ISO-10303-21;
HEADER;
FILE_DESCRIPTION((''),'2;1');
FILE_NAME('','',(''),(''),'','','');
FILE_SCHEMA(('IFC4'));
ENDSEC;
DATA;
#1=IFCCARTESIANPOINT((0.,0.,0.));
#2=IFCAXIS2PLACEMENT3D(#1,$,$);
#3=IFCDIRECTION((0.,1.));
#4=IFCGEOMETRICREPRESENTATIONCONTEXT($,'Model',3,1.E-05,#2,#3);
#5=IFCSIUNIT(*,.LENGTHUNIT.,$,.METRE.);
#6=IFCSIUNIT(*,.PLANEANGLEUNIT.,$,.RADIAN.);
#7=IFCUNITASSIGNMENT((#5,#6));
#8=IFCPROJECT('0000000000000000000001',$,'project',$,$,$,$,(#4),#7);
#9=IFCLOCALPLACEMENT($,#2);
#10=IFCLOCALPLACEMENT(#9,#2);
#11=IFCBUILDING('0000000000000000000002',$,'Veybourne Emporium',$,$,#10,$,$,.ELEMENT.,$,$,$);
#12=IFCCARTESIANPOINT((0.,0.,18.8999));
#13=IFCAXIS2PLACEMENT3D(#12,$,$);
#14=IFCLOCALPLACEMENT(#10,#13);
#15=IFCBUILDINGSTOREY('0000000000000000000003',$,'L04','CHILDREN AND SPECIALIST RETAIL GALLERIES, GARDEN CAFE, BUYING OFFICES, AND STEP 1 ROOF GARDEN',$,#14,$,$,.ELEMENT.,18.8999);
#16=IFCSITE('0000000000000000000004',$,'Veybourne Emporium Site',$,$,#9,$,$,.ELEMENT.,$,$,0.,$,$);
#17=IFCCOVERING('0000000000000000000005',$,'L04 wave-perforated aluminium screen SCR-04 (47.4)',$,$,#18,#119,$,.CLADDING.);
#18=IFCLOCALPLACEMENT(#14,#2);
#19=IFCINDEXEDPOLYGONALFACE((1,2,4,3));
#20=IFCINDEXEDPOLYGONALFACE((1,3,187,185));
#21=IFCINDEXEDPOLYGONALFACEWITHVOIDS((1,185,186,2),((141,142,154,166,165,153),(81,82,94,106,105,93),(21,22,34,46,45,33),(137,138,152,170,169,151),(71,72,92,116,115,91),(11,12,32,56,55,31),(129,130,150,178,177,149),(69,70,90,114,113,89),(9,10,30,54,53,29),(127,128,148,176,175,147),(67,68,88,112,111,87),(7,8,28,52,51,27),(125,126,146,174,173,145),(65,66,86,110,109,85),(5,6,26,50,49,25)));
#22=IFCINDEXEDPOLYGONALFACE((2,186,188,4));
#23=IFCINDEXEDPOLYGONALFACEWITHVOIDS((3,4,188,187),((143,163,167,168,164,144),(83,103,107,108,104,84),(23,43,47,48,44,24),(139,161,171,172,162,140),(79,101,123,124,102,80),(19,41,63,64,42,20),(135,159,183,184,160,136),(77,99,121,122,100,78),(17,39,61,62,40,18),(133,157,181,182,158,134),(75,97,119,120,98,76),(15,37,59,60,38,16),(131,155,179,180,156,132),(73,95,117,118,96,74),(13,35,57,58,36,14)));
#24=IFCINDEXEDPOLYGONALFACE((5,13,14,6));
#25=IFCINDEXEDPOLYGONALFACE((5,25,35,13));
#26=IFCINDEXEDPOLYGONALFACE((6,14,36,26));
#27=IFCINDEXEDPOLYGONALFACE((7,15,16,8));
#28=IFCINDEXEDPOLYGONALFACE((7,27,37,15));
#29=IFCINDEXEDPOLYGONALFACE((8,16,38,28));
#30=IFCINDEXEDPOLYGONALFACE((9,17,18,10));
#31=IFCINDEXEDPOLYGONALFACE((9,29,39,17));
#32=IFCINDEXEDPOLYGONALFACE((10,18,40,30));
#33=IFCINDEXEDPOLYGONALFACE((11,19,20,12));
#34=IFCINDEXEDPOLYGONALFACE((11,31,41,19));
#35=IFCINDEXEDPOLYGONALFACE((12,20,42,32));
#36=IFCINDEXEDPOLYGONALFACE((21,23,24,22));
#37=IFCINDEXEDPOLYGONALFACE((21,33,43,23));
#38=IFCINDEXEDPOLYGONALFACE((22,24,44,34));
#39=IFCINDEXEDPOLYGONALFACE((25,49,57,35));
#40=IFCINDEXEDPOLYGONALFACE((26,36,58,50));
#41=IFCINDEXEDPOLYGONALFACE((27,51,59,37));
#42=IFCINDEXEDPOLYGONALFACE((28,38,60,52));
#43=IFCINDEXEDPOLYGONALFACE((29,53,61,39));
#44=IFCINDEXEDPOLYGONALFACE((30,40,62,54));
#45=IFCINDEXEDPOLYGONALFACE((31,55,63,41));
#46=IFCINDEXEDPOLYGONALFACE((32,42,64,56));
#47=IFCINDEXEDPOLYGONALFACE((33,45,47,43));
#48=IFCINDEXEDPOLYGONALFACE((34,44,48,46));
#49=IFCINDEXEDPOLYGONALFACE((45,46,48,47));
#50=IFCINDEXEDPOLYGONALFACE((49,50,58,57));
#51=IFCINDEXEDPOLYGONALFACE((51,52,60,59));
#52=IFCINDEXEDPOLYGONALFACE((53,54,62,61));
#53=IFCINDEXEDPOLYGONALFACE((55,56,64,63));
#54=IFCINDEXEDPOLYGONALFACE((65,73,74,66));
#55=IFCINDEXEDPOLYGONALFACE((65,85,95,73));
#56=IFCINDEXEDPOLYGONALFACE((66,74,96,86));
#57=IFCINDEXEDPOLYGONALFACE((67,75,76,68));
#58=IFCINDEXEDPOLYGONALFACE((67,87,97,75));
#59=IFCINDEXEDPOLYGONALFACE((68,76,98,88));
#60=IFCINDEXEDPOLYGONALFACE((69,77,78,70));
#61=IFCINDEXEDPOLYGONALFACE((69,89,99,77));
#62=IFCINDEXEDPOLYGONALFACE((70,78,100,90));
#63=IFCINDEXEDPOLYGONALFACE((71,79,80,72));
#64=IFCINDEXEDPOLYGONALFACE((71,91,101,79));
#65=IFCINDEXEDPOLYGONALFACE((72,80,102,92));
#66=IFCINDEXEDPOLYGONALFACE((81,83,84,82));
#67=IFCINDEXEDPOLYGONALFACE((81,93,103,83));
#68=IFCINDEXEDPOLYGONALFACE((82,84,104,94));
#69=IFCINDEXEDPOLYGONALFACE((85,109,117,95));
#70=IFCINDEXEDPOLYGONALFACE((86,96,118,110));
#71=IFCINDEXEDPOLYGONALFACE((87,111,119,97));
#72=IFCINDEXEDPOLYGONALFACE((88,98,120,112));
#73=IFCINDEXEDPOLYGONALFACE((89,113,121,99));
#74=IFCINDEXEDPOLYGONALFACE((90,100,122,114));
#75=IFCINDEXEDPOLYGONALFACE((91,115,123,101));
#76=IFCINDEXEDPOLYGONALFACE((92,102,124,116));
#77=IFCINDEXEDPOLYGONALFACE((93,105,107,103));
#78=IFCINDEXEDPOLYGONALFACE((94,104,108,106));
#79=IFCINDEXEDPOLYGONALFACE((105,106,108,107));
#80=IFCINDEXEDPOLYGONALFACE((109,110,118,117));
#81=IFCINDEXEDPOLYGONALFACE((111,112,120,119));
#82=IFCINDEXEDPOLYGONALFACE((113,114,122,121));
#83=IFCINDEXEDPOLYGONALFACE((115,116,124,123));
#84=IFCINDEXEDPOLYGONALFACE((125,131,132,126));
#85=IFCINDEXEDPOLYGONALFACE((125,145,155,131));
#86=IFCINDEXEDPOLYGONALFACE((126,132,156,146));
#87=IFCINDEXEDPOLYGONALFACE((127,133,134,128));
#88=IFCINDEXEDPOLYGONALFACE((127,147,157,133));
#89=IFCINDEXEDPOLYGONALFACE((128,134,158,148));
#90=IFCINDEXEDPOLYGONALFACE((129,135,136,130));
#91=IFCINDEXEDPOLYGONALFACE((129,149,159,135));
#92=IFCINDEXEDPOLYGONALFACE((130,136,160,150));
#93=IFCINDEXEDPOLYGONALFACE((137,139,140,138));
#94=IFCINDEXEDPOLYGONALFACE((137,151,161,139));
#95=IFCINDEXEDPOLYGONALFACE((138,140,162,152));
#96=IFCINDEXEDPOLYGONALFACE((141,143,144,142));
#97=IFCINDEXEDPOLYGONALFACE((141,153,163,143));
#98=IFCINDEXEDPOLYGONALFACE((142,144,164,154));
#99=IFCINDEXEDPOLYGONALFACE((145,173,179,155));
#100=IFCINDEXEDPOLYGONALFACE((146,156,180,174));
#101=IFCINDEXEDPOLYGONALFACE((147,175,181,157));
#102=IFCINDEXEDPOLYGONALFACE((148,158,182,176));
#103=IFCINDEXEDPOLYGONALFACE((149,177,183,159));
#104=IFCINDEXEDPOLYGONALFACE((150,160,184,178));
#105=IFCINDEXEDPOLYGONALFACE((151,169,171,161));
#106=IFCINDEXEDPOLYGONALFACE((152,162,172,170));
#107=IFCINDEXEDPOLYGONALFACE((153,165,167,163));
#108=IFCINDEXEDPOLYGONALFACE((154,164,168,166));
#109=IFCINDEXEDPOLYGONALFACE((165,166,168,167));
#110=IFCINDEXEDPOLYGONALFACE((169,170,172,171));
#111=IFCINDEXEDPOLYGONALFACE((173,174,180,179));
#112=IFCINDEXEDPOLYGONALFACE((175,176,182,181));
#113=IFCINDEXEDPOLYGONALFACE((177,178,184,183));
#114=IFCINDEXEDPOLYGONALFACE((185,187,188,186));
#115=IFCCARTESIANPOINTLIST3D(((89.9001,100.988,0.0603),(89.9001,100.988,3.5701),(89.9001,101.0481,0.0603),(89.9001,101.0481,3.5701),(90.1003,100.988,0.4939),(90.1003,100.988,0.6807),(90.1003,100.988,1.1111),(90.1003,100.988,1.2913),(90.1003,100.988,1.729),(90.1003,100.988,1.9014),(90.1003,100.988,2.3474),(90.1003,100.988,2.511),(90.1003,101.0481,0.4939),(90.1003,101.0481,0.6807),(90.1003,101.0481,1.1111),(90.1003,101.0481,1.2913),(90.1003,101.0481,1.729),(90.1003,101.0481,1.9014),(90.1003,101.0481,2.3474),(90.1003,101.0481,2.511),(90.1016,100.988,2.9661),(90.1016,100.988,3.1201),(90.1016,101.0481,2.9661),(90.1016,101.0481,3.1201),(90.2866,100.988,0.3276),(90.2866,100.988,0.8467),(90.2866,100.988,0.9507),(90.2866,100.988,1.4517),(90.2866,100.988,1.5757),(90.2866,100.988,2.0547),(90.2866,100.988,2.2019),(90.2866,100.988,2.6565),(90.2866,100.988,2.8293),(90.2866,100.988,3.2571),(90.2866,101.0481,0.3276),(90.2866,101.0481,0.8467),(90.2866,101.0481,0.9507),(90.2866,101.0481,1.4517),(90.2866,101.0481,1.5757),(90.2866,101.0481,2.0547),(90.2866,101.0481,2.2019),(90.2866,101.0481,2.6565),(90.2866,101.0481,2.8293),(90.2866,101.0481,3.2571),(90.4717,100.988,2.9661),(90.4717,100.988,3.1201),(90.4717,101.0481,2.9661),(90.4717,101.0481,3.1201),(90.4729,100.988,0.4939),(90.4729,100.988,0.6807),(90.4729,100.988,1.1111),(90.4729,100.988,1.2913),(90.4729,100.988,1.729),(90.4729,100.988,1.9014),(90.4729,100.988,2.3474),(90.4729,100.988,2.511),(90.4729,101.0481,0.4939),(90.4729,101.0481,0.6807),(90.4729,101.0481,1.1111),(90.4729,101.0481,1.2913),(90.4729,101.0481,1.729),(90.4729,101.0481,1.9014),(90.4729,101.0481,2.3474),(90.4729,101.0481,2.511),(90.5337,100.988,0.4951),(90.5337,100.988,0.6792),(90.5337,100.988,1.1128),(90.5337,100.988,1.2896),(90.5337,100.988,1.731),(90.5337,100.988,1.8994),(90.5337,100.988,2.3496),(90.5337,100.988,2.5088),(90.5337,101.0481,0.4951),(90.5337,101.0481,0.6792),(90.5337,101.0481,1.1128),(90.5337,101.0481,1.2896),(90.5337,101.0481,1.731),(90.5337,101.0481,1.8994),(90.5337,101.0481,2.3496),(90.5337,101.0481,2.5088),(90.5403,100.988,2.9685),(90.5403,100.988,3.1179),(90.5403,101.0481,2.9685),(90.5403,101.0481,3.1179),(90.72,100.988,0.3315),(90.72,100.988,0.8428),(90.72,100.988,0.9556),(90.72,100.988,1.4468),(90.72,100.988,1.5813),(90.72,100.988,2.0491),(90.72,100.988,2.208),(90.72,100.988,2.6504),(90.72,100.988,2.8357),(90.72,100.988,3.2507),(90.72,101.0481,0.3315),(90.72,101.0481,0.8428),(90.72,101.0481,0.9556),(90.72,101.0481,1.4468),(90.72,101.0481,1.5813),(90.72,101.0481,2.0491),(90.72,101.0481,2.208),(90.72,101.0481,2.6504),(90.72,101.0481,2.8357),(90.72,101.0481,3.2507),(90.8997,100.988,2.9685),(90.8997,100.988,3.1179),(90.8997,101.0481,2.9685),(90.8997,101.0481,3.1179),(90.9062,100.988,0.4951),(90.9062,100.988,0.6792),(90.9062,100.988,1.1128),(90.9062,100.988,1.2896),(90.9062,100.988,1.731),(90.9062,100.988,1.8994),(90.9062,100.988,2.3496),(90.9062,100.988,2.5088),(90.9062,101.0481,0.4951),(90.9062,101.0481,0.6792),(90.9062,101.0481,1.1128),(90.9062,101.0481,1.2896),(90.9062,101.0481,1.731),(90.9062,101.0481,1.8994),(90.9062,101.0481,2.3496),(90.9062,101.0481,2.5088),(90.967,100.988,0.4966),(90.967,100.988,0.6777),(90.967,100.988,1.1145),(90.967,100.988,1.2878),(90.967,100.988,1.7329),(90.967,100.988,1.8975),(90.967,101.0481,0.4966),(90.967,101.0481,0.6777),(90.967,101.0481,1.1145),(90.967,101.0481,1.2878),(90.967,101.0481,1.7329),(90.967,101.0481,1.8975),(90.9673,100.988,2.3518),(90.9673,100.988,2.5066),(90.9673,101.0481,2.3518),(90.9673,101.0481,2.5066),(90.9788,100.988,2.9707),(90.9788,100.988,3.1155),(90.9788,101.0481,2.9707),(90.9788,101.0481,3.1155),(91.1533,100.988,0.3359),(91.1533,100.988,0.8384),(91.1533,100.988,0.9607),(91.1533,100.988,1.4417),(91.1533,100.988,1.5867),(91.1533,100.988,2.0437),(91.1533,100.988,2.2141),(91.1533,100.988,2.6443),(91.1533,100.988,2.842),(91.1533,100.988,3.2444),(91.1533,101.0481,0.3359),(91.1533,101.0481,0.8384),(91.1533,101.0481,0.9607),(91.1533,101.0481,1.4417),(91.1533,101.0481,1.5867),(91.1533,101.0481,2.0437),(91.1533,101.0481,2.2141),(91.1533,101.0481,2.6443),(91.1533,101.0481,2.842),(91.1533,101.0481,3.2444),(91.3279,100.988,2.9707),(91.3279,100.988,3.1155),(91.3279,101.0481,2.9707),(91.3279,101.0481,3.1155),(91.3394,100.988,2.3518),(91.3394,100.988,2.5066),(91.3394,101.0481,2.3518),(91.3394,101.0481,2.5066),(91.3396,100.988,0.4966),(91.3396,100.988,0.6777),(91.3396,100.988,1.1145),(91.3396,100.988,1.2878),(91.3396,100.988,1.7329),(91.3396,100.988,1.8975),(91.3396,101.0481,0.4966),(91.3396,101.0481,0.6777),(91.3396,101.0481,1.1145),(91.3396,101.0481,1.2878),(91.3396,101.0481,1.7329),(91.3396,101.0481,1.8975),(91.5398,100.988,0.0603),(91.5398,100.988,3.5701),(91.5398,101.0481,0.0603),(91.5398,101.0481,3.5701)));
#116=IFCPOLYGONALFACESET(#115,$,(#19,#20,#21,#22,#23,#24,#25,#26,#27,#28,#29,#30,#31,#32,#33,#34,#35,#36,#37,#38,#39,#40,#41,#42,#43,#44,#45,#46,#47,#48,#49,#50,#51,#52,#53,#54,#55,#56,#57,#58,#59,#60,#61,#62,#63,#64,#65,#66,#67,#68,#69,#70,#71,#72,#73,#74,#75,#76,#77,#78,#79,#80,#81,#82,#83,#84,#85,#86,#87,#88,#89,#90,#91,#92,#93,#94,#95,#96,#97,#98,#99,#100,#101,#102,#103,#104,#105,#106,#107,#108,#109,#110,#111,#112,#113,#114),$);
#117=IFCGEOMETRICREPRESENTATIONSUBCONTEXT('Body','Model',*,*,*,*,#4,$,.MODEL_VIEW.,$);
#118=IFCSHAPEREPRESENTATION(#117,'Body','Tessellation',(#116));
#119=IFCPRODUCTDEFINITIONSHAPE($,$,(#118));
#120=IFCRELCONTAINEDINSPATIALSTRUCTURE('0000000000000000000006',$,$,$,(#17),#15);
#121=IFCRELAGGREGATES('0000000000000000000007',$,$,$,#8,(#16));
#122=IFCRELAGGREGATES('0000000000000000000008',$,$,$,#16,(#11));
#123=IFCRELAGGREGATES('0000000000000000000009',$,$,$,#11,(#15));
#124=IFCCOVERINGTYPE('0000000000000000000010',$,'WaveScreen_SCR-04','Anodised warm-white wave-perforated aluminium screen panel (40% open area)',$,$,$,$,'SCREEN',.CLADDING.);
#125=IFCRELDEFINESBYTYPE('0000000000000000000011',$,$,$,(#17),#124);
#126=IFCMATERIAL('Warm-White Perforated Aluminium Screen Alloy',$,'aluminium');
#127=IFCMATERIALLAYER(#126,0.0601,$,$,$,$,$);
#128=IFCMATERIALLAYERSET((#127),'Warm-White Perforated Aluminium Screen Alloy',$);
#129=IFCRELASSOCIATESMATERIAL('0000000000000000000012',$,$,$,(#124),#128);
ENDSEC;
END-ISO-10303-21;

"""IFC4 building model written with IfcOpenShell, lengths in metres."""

from ifc_helpers import new_model, si_unit, direction, frame, origin, place, context, subcontext, project, spatial, polyline, outline, extrude, material, layer, layer_set, type_object, element, save


model = new_model("IFC4")

# Units and contexts
model_context = context("Model", 3, precision=1e-05, world=origin(), true_north=direction((0.0, 1.0)))
body_context = subcontext(model_context, "Body", "Model", "MODEL_VIEW")
ifc_project = project(units=[si_unit("LENGTHUNIT", "METRE"), si_unit("PLANEANGLEUNIT", "RADIAN")], contexts=[model_context])

# Site, building, storey
site_placement = place(None, origin())
site = spatial("IfcSite", under=ifc_project, at=site_placement, Name="Veybourne Emporium Site", CompositionType="ELEMENT", RefElevation=0.0)
building_placement = place(site_placement, origin())
building = spatial("IfcBuilding", under=site, at=building_placement, Name="Veybourne Emporium", CompositionType="ELEMENT")
storey_placement = place(building_placement, frame((0.0, 0.0, 18.8999)))
storey = spatial("IfcBuildingStorey", under=building, at=storey_placement, Name="L04", Description="CHILDREN AND SPECIALIST RETAIL GALLERIES, GARDEN CAFE, BUYING OFFICES, AND STEP 1 ROOF GARDEN", CompositionType="ELEMENT", Elevation=18.8999)

# Covering
ifc_material_1 = material(Name="Warm-White Perforated Aluminium Screen Alloy", Category="aluminium")
ifc_layer_1 = layer(ifc_material_1, 0.0601)
ifc_layer_set_1 = layer_set([ifc_layer_1], Name="Warm-White Perforated Aluminium Screen Alloy")
covering_type_1 = type_object("IfcCoveringType", Name="WaveScreen_SCR-04", Description="Anodised warm-white wave-perforated aluminium screen panel (40% open area)", ElementType="SCREEN", PredefinedType="CLADDING", material=ifc_layer_set_1)
covering_1_placement = place(storey_placement, frame((90.72, 101.0481, 1.8152), z_axis=(0.0, -1.0, 0.0), x_axis=(1.0, 0.0, 0.0)))
element("IfcCovering", 1, at=covering_1_placement, inside=storey, type_object=covering_type_1, Name="L04 wave-perforated aluminium screen SCR-04 (47.4)", PredefinedType="CLADDING", context=body_context, shape_type="SweptSolid", body=[
    extrude(outline(polyline([(-0.8198, -1.7549), (0.8198, -1.7549), (0.8198, 1.7549), (-0.8198, 1.7549), (-0.8198, -1.7549)]), holes=[polyline([(-0.4333, -0.9685), (-0.2471, -1.1345), (-0.2471, -1.3213), (-0.4333, -1.4875), (-0.6196, -1.3213), (-0.6196, -1.1345), (-0.4333, -0.9685)]), polyline([(-0.4333, -0.3635), (-0.2471, -0.5239), (-0.2471, -0.7041), (-0.4333, -0.8645), (-0.6196, -0.7041), (-0.6196, -0.5239), (-0.4333, -0.3635)]), polyline([(-0.4333, 0.2395), (-0.2471, 0.0862), (-0.2471, -0.0862), (-0.4333, -0.2395), (-0.6196, -0.0862), (-0.6196, 0.0862), (-0.4333, 0.2395)]), polyline([(-0.4333, 0.8413), (-0.2471, 0.6958), (-0.2471, 0.5322), (-0.4333, 0.3867), (-0.6196, 0.5322), (-0.6196, 0.6958), (-0.4333, 0.8413)]), polyline([(-0.4333, 1.4419), (-0.2483, 1.3049), (-0.2483, 1.1509), (-0.4333, 1.0142), (-0.6184, 1.1509), (-0.6184, 1.3049), (-0.4333, 1.4419)]), polyline([(0.0, -0.9724), (0.1863, -1.136), (0.1863, -1.3201), (0.0, -1.4836), (-0.1863, -1.3201), (-0.1863, -1.136), (0.0, -0.9724)]), polyline([(0.0, -0.3684), (0.1863, -0.5256), (0.1863, -0.7024), (0.0, -0.8596), (-0.1863, -0.7024), (-0.1863, -0.5256), (0.0, -0.3684)]), polyline([(0.0, 0.2339), (0.1863, 0.0842), (0.1863, -0.0842), (0.0, -0.2339), (-0.1863, -0.0842), (-0.1863, 0.0842), (0.0, 0.2339)]), polyline([(0.0, 0.8352), (0.1863, 0.6936), (0.1863, 0.5344), (0.0, 0.3928), (-0.1863, 0.5344), (-0.1863, 0.6936), (0.0, 0.8352)]), polyline([(0.0, 1.4355), (0.1797, 1.3027), (0.1797, 1.1533), (0.0, 1.0205), (-0.1797, 1.1533), (-0.1797, 1.3027), (0.0, 1.4355)]), polyline([(0.4333, -0.9768), (0.6196, -1.1375), (0.6196, -1.3186), (0.4333, -1.4792), (0.2471, -1.3186), (0.2471, -1.1375), (0.4333, -0.9768)]), polyline([(0.4333, -0.3735), (0.6196, -0.5273), (0.6196, -0.7007), (0.4333, -0.8545), (0.2471, -0.7007), (0.2471, -0.5273), (0.4333, -0.3735)]), polyline([(0.4333, 0.2285), (0.6196, 0.0823), (0.6196, -0.0823), (0.4333, -0.2285), (0.2471, -0.0823), (0.2471, 0.0823), (0.4333, 0.2285)]), polyline([(0.4333, 0.8291), (0.6194, 0.6914), (0.6194, 0.5366), (0.4333, 0.3989), (0.2473, 0.5366), (0.2473, 0.6914), (0.4333, 0.8291)]), polyline([(0.4333, 1.4292), (0.6079, 1.3003), (0.6079, 1.1555), (0.4333, 1.0269), (0.2588, 1.1555), (0.2588, 1.3003), (0.4333, 1.4292)])]), origin(), (0.0, 0.0, 1.0), 0.0601),
])

save(model, "model.ifc")
